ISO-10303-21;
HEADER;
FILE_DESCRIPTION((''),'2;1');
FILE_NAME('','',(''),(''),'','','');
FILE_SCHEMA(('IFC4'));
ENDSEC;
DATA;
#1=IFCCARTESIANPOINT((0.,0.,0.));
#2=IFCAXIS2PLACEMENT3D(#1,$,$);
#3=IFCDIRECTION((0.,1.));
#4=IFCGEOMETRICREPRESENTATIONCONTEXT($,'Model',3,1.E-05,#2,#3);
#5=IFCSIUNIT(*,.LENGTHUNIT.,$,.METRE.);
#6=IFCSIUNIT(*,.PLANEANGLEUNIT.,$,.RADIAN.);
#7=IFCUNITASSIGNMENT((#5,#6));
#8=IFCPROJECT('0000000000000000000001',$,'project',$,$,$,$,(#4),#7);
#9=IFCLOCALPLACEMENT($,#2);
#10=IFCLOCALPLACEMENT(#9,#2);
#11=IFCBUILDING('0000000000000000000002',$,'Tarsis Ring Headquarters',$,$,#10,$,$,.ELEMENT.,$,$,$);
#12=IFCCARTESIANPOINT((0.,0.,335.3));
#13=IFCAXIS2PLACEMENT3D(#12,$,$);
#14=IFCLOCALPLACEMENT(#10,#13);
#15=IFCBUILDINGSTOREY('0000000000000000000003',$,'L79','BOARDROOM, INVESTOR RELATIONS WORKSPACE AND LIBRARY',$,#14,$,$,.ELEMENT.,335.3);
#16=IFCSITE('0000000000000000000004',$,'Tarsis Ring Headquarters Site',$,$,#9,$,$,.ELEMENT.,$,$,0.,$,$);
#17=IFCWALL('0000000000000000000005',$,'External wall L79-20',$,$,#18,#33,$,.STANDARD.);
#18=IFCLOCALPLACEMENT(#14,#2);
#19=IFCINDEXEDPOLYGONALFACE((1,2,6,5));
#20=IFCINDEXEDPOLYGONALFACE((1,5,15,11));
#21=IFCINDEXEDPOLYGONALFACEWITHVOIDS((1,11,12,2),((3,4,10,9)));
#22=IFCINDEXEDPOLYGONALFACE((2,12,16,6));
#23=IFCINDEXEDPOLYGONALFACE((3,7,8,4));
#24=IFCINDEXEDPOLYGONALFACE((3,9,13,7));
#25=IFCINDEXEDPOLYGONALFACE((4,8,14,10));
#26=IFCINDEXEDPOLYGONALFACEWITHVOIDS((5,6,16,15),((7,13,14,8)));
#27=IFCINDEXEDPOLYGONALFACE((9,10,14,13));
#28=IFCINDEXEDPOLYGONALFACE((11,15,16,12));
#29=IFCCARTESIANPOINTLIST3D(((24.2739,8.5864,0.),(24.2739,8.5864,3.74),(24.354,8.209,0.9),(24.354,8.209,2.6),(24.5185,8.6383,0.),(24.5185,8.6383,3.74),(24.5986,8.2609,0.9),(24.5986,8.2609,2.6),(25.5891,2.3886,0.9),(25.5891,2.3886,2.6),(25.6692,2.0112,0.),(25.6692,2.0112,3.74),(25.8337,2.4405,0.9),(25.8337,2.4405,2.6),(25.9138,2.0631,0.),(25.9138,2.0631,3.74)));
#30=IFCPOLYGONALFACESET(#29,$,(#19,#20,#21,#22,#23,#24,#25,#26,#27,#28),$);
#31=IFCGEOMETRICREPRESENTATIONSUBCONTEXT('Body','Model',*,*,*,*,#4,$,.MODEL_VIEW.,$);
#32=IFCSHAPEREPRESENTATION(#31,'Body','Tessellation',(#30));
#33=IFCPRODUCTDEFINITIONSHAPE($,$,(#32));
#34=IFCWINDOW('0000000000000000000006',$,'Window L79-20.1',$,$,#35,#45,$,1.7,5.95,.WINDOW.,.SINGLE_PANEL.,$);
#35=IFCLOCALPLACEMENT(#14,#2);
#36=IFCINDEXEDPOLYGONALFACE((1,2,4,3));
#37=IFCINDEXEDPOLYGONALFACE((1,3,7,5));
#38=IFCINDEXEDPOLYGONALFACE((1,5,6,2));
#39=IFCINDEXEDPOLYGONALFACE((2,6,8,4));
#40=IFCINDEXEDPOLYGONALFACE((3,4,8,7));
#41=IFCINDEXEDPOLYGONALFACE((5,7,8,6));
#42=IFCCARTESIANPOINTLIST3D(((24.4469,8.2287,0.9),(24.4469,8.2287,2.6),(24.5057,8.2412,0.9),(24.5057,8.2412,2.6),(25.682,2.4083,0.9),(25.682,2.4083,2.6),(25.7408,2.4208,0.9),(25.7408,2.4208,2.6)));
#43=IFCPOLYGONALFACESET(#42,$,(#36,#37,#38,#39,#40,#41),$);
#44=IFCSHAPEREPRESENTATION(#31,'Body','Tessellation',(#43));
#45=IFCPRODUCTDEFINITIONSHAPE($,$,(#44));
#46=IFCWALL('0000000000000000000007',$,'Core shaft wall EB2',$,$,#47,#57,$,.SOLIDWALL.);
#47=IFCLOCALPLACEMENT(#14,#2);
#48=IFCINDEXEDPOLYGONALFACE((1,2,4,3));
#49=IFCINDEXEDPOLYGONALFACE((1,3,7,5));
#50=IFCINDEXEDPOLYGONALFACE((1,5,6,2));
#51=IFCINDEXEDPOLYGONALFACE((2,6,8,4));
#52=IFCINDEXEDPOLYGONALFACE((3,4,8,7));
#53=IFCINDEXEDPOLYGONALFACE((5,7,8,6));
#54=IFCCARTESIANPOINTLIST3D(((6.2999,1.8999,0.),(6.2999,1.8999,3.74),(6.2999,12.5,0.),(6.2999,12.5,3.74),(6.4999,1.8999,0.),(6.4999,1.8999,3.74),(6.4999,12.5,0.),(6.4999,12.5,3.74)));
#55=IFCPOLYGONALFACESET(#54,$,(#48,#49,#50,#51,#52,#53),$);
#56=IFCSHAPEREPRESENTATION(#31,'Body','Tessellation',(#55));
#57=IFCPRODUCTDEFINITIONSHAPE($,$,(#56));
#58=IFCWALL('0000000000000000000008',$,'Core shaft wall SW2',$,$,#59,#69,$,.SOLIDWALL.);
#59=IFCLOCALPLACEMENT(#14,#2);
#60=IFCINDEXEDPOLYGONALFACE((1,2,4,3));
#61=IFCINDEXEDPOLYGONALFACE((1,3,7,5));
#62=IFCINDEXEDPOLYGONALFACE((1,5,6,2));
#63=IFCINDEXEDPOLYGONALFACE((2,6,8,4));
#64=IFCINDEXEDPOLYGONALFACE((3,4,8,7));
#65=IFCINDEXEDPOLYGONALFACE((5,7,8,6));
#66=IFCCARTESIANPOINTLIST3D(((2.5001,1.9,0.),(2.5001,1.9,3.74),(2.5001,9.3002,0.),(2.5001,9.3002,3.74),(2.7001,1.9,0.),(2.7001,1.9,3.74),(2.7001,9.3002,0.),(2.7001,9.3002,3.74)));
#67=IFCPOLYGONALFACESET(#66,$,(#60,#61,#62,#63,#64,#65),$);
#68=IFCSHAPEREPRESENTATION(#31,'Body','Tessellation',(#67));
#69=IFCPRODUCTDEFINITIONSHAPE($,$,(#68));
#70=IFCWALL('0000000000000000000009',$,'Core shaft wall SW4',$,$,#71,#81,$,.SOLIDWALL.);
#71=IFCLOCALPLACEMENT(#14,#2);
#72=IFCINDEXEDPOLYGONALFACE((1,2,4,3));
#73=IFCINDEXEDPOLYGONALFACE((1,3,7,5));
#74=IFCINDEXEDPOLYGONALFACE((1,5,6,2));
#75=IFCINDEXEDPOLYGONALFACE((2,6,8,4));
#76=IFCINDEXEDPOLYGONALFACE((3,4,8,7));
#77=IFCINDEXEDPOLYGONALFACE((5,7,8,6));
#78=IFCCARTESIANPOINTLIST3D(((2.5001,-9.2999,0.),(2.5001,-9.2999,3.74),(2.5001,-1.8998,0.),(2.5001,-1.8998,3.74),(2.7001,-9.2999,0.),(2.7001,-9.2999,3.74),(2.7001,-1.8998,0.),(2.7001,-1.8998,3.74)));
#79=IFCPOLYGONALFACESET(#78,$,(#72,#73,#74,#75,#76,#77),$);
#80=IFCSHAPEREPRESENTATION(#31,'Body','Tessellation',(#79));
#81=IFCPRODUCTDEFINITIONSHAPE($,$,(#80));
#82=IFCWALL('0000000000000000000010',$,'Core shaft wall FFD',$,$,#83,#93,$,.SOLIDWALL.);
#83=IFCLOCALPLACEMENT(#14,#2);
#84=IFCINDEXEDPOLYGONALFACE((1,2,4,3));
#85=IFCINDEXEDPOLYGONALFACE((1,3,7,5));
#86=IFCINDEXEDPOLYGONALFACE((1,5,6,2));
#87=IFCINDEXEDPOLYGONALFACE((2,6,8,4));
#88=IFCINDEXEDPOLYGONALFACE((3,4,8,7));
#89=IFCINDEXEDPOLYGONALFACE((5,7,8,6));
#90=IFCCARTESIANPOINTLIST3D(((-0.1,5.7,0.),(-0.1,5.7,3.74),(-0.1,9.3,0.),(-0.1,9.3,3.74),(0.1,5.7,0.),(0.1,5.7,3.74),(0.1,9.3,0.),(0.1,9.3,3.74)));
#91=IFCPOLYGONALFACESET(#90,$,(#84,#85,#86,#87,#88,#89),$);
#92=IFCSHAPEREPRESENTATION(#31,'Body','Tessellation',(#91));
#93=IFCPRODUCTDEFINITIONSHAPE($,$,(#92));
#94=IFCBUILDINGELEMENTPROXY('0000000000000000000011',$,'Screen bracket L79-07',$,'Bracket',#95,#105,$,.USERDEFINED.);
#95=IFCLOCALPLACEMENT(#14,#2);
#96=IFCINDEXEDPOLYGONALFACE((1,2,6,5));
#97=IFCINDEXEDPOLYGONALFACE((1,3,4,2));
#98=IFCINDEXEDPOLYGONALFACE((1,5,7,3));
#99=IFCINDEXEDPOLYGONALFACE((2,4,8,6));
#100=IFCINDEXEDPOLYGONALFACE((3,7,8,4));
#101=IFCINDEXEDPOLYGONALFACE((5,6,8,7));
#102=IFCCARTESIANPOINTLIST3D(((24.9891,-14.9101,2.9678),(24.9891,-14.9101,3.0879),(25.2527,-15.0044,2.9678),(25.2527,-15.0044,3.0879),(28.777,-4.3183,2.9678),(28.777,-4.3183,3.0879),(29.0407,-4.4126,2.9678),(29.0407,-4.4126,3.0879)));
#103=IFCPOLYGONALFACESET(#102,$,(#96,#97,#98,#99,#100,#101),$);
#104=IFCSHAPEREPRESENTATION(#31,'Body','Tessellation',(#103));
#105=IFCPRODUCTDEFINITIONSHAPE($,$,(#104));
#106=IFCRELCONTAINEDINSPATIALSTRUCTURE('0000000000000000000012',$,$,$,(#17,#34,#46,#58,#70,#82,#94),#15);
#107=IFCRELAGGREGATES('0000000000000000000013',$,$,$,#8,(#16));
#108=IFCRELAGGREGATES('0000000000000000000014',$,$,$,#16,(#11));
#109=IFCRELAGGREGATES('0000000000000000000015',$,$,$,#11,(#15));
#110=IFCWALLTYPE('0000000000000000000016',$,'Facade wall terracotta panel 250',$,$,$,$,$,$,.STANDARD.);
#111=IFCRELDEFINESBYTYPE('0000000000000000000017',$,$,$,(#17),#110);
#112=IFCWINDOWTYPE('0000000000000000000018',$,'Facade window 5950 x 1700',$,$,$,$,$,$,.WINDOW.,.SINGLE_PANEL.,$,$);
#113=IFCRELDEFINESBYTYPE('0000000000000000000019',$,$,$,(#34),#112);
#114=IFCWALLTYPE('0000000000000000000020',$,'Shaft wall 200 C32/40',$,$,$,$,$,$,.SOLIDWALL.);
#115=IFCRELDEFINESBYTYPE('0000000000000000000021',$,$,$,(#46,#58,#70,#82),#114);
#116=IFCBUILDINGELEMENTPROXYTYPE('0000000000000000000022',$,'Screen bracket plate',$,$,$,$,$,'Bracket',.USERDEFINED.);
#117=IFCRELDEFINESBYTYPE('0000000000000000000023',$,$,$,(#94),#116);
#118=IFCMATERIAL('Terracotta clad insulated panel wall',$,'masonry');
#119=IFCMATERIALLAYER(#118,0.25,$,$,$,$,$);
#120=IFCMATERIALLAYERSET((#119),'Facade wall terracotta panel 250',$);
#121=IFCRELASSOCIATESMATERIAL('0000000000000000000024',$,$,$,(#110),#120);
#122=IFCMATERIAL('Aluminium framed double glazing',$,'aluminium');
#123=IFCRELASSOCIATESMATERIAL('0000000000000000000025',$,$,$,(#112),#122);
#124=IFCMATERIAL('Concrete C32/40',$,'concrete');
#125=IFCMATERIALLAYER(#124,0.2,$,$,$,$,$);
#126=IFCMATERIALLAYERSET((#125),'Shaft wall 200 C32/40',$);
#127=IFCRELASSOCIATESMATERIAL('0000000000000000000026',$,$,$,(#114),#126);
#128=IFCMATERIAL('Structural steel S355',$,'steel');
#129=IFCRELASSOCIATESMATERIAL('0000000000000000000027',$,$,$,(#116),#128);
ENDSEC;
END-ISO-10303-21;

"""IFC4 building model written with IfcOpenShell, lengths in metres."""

from ifc_helpers import new_model, si_unit, direction, frame, frame_2d, origin, origin_2d, place, context, subcontext, project, spatial, rectangle, extrude, material, layer, layer_set, type_object, element, fill, save


model = new_model("IFC4")

# Units and contexts
model_context = context("Model", 3, precision=1e-05, world=origin(), true_north=direction((0.0, 1.0)))
body_context = subcontext(model_context, "Body", "Model", "MODEL_VIEW")
ifc_project = project(units=[si_unit("LENGTHUNIT", "METRE"), si_unit("PLANEANGLEUNIT", "RADIAN")], contexts=[model_context])

# Site, building, storey
site_placement = place(None, origin())
site = spatial("IfcSite", under=ifc_project, at=site_placement, Name="Tarsis Ring Headquarters Site", CompositionType="ELEMENT", RefElevation=0.0)
building_placement = place(site_placement, origin())
building = spatial("IfcBuilding", under=site, at=building_placement, Name="Tarsis Ring Headquarters", CompositionType="ELEMENT")
storey_placement = place(building_placement, frame((0.0, 0.0, 335.3)))
storey = spatial("IfcBuildingStorey", under=building, at=storey_placement, Name="L79", Description="BOARDROOM, INVESTOR RELATIONS WORKSPACE AND LIBRARY", CompositionType="ELEMENT", Elevation=335.3)

# Shared definitions
ifc_material_1 = material(Name="Structural steel S355", Category="steel")

# Wall, opening, window
ifc_material_2 = material(Name="Terracotta clad insulated panel wall", Category="masonry")
ifc_layer_1 = layer(ifc_material_2, 0.25)
ifc_layer_set_1 = layer_set([ifc_layer_1], Name="Facade wall terracotta panel 250")
wall_type_1 = type_object("IfcWallType", Name="Facade wall terracotta panel 250", PredefinedType="STANDARD", material=ifc_layer_set_1)
ifc_material_3 = material(Name="Aluminium framed double glazing", Category="aluminium")
window_type = type_object("IfcWindowType", Name="Facade window 5950 x 1700", PartitioningType="SINGLE_PANEL", PredefinedType="WINDOW", material=ifc_material_3)
wall_1_placement = place(storey_placement, frame((25.7915, 2.0371, 0.0), z_axis=(0.0, 0.0, 1.0), x_axis=(-0.207579, 0.978218, 0.0)))
wall_1 = element("IfcWall", 1, at=wall_1_placement, inside=storey, type_object=wall_type_1, Name="External wall L79-20", PredefinedType="STANDARD", context=body_context, shape_type="SweptSolid", body=[
    extrude(rectangle(XDim=6.7217, YDim=0.25, at=frame_2d((3.3608, 0.0))), origin(), (0.0, 0.0, 1.0), 3.74),
])
opening_1_placement = place(wall_1_placement, frame((0.3857, 0.0, 0.8999)))
opening_1 = element("IfcOpeningElement", 2, at=opening_1_placement, cuts=wall_1, PredefinedType="OPENING", context=body_context, shape_type="SweptSolid", body=[
    extrude(rectangle(XDim=5.95, YDim=1.7, at=frame_2d((2.9751, 0.8501))), frame((0.0, 0.135, 0.0), z_axis=(0.0, -1.0, 0.0), x_axis=(1.0, 0.0, 0.0)), (0.0, 0.0, 1.0), 0.27),
])
window_1_placement = place(opening_1_placement, origin())
window_1 = element("IfcWindow", 3, at=window_1_placement, inside=storey, type_object=window_type, Name="Window L79-20.1", OverallHeight=1.7, OverallWidth=5.95, PartitioningType="SINGLE_PANEL", PredefinedType="WINDOW", context=body_context, shape_type="SweptSolid", body=[
    extrude(rectangle(XDim=5.95, YDim=1.7, at=frame_2d((2.9751, 0.8501))), frame((0.0, 0.03, 0.0), z_axis=(0.0, -1.0, 0.0), x_axis=(1.0, 0.0, 0.0)), (0.0, 0.0, 1.0), 0.0601),
])
fill(opening_1, window_1)

# Walls
ifc_material_4 = material(Name="Concrete C32/40", Category="concrete")
ifc_layer_2 = layer(ifc_material_4, 0.2)
ifc_layer_set_2 = layer_set([ifc_layer_2], Name="Shaft wall 200 C32/40")
wall_type_2 = type_object("IfcWallType", Name="Shaft wall 200 C32/40", PredefinedType="SOLIDWALL", material=ifc_layer_set_2)
wall_2_placement = place(storey_placement, frame((6.3999, 1.8999, 0.0), z_axis=(0.0, 0.0, 1.0), x_axis=(0.0, 1.0, 0.0)))
element("IfcWall", 4, at=wall_2_placement, inside=storey, type_object=wall_type_2, Name="Core shaft wall EB2", PredefinedType="SOLIDWALL", context=body_context, shape_type="SweptSolid", body=[
    extrude(rectangle(XDim=10.6001, YDim=0.2, at=frame_2d((5.3, 0.0))), origin(), (0.0, 0.0, 1.0), 3.74),
])
for number, where, z_axis, x_axis, name in (
    (5, (2.6001, 1.8999, 0.0), (0.0, 0.0, 1.0), (0.0, 1.0, 0.0), "Core shaft wall SW2"),
    (6, (2.6001, -9.3, 0.0), (0.0, 0.0, 1.0), (0.0, 1.0, 0.0), "Core shaft wall SW4"),
):
    element("IfcWall", number, at=place(storey_placement, frame(where, z_axis=z_axis, x_axis=x_axis)), inside=storey, type_object=wall_type_2, Name=name, PredefinedType="SOLIDWALL", context=body_context, shape_type="SweptSolid", body=[
        extrude(rectangle(XDim=7.4001, YDim=0.2, at=frame_2d((3.7002, 0.0))), origin(), (0.0, 0.0, 1.0), 3.74),
    ])
wall_3_placement = place(storey_placement, frame((0.0, 5.7, 0.0), z_axis=(0.0, 0.0, 1.0), x_axis=(0.0, 1.0, 0.0)))
element("IfcWall", 7, at=wall_3_placement, inside=storey, type_object=wall_type_2, Name="Core shaft wall FFD", PredefinedType="SOLIDWALL", context=body_context, shape_type="SweptSolid", body=[
    extrude(rectangle(XDim=3.6001, YDim=0.2, at=frame_2d((1.8, 0.0))), origin(), (0.0, 0.0, 1.0), 3.74),
])

# Building element proxy
building_element_proxy_type = type_object("IfcBuildingElementProxyType", Name="Screen bracket plate", ElementType="Bracket", PredefinedType="USERDEFINED", material=ifc_material_1)
proxy_placement = place(storey_placement, frame((27.0149, -9.6614, 2.9678), z_axis=(0.0, 0.0, 1.0), x_axis=(0.336746, 0.941596, 0.0)))
element("IfcBuildingElementProxy", 8, at=proxy_placement, inside=storey, type_object=building_element_proxy_type, Name="Screen bracket L79-07", ObjectType="Bracket", PredefinedType="USERDEFINED", context=body_context, shape_type="SweptSolid", body=[
    extrude(rectangle(XDim=11.2488, YDim=0.28, at=origin_2d()), origin(), (0.0, 0.0, 1.0), 0.1201),
])

save(model, "model.ifc")
